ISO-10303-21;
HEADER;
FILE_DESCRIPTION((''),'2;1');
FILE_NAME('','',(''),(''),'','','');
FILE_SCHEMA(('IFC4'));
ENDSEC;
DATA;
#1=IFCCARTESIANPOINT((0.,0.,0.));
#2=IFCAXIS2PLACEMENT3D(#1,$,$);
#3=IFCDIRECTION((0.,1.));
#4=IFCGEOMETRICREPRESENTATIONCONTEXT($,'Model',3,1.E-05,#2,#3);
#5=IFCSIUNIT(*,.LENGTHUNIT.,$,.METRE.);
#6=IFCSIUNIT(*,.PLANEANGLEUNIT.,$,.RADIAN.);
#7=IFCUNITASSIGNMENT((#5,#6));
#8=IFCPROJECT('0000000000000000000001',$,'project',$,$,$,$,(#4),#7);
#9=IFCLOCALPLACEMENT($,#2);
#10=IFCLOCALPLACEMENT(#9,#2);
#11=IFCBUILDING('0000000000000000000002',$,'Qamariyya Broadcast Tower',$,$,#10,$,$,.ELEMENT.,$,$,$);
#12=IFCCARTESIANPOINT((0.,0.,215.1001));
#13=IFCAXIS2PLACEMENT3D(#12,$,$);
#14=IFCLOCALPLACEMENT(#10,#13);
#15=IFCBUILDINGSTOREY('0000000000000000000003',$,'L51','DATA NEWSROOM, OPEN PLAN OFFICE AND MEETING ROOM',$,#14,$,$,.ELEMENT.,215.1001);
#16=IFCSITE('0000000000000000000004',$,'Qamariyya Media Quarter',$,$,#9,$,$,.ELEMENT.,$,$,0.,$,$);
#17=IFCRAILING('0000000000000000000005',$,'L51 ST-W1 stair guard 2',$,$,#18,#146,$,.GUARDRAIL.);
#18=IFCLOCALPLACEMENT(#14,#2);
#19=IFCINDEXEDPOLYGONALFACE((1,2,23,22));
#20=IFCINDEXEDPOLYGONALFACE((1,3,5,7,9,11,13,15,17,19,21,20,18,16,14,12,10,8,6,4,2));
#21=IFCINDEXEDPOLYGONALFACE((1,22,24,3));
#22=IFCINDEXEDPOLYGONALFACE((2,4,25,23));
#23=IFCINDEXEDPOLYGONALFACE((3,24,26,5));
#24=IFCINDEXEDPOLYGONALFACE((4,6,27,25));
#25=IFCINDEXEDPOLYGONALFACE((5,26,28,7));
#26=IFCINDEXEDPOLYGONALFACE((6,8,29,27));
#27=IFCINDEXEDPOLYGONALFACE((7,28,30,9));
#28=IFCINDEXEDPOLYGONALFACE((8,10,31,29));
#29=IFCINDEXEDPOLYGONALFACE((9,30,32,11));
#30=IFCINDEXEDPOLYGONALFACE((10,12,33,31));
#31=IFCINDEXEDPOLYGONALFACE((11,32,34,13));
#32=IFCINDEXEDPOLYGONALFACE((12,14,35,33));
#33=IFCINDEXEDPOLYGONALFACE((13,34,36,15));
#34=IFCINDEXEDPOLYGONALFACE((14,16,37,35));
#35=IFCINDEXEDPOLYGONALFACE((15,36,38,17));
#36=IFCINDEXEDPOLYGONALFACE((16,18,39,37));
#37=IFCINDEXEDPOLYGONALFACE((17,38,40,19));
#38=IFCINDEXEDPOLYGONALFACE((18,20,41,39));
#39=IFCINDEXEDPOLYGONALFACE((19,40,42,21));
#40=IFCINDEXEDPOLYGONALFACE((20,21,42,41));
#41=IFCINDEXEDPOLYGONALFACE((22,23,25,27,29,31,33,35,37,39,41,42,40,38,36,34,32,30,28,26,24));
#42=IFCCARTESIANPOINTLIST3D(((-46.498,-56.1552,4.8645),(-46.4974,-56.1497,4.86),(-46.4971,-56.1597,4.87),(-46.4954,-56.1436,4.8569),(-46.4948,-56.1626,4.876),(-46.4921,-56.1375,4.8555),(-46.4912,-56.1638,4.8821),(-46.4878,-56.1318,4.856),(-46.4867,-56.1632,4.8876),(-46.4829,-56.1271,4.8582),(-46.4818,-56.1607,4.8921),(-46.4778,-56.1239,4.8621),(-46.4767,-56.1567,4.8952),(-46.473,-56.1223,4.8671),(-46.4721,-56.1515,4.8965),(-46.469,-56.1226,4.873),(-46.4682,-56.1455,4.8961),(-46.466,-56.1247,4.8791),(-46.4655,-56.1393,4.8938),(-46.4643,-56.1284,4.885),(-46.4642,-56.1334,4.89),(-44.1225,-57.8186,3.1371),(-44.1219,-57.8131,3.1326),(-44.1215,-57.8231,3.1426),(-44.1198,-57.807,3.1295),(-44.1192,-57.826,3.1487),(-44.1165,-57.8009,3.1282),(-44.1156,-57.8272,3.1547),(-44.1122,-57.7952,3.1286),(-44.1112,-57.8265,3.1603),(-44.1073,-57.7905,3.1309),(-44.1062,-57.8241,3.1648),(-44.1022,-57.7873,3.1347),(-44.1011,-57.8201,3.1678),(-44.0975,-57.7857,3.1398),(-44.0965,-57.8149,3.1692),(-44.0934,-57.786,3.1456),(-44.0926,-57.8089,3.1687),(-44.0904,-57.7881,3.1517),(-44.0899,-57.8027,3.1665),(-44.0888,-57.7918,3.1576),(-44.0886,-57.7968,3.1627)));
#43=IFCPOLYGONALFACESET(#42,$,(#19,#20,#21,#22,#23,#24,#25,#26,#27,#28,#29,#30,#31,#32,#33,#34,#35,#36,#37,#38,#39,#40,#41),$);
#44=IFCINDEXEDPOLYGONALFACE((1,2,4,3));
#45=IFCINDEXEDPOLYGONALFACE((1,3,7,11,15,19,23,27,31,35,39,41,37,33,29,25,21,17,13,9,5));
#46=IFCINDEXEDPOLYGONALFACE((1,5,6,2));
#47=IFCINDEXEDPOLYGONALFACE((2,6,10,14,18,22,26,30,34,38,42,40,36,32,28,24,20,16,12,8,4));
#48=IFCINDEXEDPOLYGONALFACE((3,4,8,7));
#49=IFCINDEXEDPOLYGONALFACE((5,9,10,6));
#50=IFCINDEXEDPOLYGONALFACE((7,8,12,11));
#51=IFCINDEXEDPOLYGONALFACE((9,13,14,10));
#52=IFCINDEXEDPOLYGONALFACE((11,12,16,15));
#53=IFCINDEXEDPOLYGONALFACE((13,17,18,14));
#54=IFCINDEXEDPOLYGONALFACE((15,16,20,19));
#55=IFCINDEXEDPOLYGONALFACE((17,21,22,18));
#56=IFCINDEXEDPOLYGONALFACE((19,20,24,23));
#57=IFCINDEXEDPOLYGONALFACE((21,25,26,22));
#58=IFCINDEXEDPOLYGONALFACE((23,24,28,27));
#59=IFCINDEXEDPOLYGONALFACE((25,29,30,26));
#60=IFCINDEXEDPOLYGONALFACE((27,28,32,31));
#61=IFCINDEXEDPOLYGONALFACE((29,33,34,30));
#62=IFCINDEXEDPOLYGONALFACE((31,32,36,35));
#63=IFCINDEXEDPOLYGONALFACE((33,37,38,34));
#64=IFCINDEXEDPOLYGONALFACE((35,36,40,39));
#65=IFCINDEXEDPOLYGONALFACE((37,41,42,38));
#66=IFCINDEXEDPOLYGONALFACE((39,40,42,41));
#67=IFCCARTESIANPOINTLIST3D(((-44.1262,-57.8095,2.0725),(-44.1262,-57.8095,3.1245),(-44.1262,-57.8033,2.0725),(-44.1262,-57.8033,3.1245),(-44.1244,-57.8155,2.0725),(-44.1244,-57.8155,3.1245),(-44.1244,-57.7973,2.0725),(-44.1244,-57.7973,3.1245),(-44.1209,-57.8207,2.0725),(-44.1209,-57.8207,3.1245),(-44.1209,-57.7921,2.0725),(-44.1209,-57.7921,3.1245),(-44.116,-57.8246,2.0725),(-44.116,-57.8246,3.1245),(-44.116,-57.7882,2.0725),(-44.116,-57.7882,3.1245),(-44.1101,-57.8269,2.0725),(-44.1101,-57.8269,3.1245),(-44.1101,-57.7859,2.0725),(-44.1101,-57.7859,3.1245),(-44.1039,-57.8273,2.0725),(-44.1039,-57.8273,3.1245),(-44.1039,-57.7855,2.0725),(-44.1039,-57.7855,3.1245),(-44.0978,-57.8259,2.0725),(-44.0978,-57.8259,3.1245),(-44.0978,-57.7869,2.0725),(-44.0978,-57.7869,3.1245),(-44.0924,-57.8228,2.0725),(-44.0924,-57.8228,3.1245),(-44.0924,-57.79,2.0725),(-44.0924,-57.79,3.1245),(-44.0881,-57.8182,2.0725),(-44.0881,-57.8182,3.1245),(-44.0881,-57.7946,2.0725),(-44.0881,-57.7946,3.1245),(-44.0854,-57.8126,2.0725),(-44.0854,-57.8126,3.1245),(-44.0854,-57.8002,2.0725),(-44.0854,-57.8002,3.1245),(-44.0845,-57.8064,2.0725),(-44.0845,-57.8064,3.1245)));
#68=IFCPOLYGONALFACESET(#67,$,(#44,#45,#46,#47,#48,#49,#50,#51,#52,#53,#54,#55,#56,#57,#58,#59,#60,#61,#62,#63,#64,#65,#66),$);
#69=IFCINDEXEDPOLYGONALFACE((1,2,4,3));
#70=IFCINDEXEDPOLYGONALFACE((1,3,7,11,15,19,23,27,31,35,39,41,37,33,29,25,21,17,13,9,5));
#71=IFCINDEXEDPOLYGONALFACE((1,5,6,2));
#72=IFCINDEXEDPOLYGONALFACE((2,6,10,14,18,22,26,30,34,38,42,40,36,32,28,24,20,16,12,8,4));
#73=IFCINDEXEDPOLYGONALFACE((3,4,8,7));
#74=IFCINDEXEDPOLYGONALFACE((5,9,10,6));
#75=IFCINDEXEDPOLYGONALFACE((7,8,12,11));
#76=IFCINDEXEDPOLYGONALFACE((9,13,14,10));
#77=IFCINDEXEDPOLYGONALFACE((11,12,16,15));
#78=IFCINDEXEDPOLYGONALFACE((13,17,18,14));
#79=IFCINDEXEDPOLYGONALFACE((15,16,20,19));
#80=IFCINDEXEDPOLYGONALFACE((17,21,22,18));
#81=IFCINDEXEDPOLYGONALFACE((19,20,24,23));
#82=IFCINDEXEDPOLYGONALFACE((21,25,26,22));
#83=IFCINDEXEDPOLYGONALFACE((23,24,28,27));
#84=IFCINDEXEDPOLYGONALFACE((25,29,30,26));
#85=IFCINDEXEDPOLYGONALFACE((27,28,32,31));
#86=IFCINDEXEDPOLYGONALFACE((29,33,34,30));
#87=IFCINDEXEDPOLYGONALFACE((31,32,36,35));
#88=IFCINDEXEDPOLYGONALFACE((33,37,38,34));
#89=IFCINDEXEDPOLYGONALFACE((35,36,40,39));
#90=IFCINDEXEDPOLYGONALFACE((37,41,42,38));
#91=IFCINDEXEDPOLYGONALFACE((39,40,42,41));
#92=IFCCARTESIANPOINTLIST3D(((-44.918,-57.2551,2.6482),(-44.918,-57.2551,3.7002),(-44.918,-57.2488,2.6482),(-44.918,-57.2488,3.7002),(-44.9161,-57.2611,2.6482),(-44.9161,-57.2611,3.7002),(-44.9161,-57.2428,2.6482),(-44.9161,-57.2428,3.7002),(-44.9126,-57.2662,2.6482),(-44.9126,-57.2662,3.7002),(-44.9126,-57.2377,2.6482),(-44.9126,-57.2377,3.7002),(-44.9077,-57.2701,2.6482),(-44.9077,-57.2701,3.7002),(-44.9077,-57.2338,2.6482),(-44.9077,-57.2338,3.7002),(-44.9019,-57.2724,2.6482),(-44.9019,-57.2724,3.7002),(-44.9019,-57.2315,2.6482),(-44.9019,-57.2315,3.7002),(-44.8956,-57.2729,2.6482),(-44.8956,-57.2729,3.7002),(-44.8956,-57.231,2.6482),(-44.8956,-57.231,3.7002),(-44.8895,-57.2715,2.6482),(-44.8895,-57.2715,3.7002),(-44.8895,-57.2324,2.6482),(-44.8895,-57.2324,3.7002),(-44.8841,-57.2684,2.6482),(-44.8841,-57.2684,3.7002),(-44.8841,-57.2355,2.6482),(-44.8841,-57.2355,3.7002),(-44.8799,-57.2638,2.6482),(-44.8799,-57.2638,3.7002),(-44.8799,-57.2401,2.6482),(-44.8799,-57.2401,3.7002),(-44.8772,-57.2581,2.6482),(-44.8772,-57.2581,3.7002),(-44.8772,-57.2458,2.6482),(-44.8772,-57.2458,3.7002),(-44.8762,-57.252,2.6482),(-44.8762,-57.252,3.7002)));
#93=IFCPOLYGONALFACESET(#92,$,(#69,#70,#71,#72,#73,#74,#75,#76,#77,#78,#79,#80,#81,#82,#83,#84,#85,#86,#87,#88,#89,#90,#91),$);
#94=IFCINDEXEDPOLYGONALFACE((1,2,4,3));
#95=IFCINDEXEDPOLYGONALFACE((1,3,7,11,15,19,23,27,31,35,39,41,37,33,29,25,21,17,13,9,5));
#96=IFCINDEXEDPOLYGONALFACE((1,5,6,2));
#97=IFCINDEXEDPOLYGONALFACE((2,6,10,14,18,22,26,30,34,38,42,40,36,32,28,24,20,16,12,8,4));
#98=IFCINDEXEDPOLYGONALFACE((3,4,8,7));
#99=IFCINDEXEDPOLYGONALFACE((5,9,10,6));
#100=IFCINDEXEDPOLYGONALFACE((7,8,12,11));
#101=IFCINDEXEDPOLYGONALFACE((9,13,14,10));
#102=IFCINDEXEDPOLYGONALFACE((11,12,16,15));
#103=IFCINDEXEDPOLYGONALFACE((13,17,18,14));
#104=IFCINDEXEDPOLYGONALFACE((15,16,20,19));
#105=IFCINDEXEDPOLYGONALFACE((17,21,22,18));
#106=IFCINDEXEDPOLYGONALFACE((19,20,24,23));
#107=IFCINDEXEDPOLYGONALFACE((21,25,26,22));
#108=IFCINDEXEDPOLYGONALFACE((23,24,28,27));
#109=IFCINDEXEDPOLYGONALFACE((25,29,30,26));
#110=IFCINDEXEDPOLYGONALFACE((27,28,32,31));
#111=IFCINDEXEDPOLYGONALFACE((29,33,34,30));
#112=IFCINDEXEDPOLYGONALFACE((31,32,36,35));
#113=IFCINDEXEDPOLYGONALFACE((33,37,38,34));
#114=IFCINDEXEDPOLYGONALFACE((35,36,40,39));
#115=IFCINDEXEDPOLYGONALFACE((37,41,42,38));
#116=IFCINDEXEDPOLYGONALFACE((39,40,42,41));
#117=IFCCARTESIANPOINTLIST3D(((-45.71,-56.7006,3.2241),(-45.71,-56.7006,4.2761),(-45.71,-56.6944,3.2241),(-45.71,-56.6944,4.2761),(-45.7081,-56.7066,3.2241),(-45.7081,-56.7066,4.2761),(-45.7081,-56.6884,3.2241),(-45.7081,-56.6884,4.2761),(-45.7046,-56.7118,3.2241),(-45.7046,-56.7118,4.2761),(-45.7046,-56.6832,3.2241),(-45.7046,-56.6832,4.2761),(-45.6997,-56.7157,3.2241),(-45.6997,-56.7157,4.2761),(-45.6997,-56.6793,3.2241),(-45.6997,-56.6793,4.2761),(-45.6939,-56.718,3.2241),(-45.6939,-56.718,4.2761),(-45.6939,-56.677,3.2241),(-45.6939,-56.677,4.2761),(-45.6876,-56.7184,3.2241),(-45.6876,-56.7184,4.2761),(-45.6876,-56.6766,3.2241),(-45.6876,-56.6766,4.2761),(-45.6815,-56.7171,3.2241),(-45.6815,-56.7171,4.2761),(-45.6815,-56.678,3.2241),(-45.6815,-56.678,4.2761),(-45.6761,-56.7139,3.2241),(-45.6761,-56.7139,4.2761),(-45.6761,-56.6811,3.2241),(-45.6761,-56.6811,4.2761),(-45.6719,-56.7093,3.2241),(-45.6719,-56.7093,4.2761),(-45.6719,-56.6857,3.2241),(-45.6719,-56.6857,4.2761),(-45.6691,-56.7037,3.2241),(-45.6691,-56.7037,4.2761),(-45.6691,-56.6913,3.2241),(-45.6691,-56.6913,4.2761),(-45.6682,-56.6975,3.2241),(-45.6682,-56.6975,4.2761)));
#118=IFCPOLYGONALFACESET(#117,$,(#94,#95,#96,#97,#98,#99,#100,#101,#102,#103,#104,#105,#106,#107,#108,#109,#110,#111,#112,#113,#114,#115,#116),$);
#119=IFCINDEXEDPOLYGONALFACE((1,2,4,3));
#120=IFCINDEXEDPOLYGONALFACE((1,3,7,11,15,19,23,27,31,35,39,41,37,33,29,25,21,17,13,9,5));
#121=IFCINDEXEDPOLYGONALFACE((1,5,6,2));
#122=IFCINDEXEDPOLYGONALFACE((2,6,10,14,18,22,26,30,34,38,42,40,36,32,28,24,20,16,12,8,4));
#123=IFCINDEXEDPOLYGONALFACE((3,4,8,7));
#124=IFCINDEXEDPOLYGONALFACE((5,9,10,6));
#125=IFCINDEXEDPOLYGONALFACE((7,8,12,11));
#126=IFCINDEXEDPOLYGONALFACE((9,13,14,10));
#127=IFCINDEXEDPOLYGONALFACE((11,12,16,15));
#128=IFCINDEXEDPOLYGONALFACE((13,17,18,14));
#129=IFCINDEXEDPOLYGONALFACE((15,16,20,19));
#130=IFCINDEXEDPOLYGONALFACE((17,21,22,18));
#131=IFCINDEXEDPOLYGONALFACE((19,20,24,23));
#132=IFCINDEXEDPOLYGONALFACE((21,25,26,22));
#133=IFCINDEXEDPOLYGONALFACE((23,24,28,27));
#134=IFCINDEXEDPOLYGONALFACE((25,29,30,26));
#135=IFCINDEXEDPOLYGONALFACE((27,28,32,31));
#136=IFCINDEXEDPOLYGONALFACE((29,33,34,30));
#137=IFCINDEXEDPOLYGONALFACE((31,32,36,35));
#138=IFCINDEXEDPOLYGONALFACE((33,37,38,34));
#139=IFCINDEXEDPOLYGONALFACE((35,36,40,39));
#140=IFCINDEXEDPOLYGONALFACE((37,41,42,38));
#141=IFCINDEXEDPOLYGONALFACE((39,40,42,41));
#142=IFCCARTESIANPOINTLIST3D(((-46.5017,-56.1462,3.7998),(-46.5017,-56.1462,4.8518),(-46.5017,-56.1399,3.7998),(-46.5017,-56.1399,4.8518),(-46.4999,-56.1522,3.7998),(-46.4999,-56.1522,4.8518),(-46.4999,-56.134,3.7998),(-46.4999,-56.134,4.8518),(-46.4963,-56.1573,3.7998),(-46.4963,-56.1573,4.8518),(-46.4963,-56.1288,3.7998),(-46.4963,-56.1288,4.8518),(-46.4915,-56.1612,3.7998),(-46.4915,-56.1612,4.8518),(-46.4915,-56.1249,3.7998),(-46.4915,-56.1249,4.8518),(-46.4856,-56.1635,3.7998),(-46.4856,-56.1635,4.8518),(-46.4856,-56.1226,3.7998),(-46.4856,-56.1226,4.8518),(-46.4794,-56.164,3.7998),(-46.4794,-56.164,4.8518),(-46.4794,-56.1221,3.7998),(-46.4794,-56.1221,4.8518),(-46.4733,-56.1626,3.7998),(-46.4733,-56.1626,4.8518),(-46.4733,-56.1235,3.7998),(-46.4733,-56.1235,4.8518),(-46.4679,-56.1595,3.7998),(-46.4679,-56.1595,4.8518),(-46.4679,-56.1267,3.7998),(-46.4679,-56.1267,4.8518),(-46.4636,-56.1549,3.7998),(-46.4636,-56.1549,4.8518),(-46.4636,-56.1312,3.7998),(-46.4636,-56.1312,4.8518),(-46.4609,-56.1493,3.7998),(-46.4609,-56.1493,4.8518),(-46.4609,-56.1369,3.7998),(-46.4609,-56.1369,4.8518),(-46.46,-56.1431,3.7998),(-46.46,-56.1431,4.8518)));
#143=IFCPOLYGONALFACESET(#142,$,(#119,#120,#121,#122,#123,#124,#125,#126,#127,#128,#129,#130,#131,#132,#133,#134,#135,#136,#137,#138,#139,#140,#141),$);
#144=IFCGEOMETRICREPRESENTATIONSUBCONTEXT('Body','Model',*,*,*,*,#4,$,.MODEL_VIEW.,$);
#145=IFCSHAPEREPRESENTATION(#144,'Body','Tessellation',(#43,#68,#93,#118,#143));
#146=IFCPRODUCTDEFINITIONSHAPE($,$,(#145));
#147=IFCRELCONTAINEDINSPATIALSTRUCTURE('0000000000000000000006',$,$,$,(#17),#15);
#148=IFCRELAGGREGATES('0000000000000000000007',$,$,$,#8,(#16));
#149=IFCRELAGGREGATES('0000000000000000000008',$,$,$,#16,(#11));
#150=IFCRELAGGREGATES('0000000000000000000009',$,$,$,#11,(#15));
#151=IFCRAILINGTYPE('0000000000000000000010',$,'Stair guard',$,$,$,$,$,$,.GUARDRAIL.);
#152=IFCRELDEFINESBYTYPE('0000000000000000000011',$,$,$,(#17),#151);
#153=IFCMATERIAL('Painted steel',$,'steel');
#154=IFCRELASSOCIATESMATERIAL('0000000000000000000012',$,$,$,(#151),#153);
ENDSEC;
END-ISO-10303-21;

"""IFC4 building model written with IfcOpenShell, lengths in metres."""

from ifc_helpers import new_model, si_unit, direction, frame, origin, origin_2d, place, context, subcontext, project, spatial, circle, extrude, material, type_object, element, save


model = new_model("IFC4")

# Units and contexts
model_context = context("Model", 3, precision=1e-05, world=origin(), true_north=direction((0.0, 1.0)))
body_context = subcontext(model_context, "Body", "Model", "MODEL_VIEW")
ifc_project = project(units=[si_unit("LENGTHUNIT", "METRE"), si_unit("PLANEANGLEUNIT", "RADIAN")], contexts=[model_context])

# Site, building, storey
site_placement = place(None, origin())
site = spatial("IfcSite", under=ifc_project, at=site_placement, Name="Qamariyya Media Quarter", CompositionType="ELEMENT", RefElevation=0.0)
building_placement = place(site_placement, origin())
building = spatial("IfcBuilding", under=site, at=building_placement, Name="Qamariyya Broadcast Tower", CompositionType="ELEMENT")
storey_placement = place(building_placement, frame((0.0, 0.0, 215.1001)))
storey = spatial("IfcBuildingStorey", under=building, at=storey_placement, Name="L51", Description="DATA NEWSROOM, OPEN PLAN OFFICE AND MEETING ROOM", CompositionType="ELEMENT", Elevation=215.1001)

# Railing
ifc_material_1 = material(Name="Painted steel", Category="steel")
railing_type_1 = type_object("IfcRailingType", Name="Stair guard", PredefinedType="GUARDRAIL", material=ifc_material_1)
railing_1_placement = place(storey_placement, frame((-44.1055, -57.8064, 2.0725)))
element("IfcRailing", 1, at=railing_1_placement, inside=storey, type_object=railing_type_1, Name="L51 ST-W1 stair guard 2", PredefinedType="GUARDRAIL", context=body_context, shape_type="SweptSolid", body=[
    extrude(circle(Radius=0.0239, at=origin_2d()), frame((0.0, 0.0, 1.0762), z_axis=(-0.70377, 0.492784, 0.511734), x_axis=(-0.573575, -0.819153, 0.0)), (0.0, 0.0, 1.0), 3.3755),
    extrude(circle(Radius=0.021, at=origin_2d()), origin(), (0.0, 0.0, 1.0), 1.052),
    extrude(circle(Radius=0.021, at=origin_2d()), frame((-0.7917, 0.5544, 0.5757)), (0.0, 0.0, 1.0), 1.052),
    extrude(circle(Radius=0.021, at=origin_2d()), frame((-1.5837, 1.1089, 1.1516)), (0.0, 0.0, 1.0), 1.052),
    extrude(circle(Radius=0.021, at=origin_2d()), frame((-2.3755, 1.6633, 1.7273)), (0.0, 0.0, 1.0), 1.052),
])

save(model, "model.ifc")
